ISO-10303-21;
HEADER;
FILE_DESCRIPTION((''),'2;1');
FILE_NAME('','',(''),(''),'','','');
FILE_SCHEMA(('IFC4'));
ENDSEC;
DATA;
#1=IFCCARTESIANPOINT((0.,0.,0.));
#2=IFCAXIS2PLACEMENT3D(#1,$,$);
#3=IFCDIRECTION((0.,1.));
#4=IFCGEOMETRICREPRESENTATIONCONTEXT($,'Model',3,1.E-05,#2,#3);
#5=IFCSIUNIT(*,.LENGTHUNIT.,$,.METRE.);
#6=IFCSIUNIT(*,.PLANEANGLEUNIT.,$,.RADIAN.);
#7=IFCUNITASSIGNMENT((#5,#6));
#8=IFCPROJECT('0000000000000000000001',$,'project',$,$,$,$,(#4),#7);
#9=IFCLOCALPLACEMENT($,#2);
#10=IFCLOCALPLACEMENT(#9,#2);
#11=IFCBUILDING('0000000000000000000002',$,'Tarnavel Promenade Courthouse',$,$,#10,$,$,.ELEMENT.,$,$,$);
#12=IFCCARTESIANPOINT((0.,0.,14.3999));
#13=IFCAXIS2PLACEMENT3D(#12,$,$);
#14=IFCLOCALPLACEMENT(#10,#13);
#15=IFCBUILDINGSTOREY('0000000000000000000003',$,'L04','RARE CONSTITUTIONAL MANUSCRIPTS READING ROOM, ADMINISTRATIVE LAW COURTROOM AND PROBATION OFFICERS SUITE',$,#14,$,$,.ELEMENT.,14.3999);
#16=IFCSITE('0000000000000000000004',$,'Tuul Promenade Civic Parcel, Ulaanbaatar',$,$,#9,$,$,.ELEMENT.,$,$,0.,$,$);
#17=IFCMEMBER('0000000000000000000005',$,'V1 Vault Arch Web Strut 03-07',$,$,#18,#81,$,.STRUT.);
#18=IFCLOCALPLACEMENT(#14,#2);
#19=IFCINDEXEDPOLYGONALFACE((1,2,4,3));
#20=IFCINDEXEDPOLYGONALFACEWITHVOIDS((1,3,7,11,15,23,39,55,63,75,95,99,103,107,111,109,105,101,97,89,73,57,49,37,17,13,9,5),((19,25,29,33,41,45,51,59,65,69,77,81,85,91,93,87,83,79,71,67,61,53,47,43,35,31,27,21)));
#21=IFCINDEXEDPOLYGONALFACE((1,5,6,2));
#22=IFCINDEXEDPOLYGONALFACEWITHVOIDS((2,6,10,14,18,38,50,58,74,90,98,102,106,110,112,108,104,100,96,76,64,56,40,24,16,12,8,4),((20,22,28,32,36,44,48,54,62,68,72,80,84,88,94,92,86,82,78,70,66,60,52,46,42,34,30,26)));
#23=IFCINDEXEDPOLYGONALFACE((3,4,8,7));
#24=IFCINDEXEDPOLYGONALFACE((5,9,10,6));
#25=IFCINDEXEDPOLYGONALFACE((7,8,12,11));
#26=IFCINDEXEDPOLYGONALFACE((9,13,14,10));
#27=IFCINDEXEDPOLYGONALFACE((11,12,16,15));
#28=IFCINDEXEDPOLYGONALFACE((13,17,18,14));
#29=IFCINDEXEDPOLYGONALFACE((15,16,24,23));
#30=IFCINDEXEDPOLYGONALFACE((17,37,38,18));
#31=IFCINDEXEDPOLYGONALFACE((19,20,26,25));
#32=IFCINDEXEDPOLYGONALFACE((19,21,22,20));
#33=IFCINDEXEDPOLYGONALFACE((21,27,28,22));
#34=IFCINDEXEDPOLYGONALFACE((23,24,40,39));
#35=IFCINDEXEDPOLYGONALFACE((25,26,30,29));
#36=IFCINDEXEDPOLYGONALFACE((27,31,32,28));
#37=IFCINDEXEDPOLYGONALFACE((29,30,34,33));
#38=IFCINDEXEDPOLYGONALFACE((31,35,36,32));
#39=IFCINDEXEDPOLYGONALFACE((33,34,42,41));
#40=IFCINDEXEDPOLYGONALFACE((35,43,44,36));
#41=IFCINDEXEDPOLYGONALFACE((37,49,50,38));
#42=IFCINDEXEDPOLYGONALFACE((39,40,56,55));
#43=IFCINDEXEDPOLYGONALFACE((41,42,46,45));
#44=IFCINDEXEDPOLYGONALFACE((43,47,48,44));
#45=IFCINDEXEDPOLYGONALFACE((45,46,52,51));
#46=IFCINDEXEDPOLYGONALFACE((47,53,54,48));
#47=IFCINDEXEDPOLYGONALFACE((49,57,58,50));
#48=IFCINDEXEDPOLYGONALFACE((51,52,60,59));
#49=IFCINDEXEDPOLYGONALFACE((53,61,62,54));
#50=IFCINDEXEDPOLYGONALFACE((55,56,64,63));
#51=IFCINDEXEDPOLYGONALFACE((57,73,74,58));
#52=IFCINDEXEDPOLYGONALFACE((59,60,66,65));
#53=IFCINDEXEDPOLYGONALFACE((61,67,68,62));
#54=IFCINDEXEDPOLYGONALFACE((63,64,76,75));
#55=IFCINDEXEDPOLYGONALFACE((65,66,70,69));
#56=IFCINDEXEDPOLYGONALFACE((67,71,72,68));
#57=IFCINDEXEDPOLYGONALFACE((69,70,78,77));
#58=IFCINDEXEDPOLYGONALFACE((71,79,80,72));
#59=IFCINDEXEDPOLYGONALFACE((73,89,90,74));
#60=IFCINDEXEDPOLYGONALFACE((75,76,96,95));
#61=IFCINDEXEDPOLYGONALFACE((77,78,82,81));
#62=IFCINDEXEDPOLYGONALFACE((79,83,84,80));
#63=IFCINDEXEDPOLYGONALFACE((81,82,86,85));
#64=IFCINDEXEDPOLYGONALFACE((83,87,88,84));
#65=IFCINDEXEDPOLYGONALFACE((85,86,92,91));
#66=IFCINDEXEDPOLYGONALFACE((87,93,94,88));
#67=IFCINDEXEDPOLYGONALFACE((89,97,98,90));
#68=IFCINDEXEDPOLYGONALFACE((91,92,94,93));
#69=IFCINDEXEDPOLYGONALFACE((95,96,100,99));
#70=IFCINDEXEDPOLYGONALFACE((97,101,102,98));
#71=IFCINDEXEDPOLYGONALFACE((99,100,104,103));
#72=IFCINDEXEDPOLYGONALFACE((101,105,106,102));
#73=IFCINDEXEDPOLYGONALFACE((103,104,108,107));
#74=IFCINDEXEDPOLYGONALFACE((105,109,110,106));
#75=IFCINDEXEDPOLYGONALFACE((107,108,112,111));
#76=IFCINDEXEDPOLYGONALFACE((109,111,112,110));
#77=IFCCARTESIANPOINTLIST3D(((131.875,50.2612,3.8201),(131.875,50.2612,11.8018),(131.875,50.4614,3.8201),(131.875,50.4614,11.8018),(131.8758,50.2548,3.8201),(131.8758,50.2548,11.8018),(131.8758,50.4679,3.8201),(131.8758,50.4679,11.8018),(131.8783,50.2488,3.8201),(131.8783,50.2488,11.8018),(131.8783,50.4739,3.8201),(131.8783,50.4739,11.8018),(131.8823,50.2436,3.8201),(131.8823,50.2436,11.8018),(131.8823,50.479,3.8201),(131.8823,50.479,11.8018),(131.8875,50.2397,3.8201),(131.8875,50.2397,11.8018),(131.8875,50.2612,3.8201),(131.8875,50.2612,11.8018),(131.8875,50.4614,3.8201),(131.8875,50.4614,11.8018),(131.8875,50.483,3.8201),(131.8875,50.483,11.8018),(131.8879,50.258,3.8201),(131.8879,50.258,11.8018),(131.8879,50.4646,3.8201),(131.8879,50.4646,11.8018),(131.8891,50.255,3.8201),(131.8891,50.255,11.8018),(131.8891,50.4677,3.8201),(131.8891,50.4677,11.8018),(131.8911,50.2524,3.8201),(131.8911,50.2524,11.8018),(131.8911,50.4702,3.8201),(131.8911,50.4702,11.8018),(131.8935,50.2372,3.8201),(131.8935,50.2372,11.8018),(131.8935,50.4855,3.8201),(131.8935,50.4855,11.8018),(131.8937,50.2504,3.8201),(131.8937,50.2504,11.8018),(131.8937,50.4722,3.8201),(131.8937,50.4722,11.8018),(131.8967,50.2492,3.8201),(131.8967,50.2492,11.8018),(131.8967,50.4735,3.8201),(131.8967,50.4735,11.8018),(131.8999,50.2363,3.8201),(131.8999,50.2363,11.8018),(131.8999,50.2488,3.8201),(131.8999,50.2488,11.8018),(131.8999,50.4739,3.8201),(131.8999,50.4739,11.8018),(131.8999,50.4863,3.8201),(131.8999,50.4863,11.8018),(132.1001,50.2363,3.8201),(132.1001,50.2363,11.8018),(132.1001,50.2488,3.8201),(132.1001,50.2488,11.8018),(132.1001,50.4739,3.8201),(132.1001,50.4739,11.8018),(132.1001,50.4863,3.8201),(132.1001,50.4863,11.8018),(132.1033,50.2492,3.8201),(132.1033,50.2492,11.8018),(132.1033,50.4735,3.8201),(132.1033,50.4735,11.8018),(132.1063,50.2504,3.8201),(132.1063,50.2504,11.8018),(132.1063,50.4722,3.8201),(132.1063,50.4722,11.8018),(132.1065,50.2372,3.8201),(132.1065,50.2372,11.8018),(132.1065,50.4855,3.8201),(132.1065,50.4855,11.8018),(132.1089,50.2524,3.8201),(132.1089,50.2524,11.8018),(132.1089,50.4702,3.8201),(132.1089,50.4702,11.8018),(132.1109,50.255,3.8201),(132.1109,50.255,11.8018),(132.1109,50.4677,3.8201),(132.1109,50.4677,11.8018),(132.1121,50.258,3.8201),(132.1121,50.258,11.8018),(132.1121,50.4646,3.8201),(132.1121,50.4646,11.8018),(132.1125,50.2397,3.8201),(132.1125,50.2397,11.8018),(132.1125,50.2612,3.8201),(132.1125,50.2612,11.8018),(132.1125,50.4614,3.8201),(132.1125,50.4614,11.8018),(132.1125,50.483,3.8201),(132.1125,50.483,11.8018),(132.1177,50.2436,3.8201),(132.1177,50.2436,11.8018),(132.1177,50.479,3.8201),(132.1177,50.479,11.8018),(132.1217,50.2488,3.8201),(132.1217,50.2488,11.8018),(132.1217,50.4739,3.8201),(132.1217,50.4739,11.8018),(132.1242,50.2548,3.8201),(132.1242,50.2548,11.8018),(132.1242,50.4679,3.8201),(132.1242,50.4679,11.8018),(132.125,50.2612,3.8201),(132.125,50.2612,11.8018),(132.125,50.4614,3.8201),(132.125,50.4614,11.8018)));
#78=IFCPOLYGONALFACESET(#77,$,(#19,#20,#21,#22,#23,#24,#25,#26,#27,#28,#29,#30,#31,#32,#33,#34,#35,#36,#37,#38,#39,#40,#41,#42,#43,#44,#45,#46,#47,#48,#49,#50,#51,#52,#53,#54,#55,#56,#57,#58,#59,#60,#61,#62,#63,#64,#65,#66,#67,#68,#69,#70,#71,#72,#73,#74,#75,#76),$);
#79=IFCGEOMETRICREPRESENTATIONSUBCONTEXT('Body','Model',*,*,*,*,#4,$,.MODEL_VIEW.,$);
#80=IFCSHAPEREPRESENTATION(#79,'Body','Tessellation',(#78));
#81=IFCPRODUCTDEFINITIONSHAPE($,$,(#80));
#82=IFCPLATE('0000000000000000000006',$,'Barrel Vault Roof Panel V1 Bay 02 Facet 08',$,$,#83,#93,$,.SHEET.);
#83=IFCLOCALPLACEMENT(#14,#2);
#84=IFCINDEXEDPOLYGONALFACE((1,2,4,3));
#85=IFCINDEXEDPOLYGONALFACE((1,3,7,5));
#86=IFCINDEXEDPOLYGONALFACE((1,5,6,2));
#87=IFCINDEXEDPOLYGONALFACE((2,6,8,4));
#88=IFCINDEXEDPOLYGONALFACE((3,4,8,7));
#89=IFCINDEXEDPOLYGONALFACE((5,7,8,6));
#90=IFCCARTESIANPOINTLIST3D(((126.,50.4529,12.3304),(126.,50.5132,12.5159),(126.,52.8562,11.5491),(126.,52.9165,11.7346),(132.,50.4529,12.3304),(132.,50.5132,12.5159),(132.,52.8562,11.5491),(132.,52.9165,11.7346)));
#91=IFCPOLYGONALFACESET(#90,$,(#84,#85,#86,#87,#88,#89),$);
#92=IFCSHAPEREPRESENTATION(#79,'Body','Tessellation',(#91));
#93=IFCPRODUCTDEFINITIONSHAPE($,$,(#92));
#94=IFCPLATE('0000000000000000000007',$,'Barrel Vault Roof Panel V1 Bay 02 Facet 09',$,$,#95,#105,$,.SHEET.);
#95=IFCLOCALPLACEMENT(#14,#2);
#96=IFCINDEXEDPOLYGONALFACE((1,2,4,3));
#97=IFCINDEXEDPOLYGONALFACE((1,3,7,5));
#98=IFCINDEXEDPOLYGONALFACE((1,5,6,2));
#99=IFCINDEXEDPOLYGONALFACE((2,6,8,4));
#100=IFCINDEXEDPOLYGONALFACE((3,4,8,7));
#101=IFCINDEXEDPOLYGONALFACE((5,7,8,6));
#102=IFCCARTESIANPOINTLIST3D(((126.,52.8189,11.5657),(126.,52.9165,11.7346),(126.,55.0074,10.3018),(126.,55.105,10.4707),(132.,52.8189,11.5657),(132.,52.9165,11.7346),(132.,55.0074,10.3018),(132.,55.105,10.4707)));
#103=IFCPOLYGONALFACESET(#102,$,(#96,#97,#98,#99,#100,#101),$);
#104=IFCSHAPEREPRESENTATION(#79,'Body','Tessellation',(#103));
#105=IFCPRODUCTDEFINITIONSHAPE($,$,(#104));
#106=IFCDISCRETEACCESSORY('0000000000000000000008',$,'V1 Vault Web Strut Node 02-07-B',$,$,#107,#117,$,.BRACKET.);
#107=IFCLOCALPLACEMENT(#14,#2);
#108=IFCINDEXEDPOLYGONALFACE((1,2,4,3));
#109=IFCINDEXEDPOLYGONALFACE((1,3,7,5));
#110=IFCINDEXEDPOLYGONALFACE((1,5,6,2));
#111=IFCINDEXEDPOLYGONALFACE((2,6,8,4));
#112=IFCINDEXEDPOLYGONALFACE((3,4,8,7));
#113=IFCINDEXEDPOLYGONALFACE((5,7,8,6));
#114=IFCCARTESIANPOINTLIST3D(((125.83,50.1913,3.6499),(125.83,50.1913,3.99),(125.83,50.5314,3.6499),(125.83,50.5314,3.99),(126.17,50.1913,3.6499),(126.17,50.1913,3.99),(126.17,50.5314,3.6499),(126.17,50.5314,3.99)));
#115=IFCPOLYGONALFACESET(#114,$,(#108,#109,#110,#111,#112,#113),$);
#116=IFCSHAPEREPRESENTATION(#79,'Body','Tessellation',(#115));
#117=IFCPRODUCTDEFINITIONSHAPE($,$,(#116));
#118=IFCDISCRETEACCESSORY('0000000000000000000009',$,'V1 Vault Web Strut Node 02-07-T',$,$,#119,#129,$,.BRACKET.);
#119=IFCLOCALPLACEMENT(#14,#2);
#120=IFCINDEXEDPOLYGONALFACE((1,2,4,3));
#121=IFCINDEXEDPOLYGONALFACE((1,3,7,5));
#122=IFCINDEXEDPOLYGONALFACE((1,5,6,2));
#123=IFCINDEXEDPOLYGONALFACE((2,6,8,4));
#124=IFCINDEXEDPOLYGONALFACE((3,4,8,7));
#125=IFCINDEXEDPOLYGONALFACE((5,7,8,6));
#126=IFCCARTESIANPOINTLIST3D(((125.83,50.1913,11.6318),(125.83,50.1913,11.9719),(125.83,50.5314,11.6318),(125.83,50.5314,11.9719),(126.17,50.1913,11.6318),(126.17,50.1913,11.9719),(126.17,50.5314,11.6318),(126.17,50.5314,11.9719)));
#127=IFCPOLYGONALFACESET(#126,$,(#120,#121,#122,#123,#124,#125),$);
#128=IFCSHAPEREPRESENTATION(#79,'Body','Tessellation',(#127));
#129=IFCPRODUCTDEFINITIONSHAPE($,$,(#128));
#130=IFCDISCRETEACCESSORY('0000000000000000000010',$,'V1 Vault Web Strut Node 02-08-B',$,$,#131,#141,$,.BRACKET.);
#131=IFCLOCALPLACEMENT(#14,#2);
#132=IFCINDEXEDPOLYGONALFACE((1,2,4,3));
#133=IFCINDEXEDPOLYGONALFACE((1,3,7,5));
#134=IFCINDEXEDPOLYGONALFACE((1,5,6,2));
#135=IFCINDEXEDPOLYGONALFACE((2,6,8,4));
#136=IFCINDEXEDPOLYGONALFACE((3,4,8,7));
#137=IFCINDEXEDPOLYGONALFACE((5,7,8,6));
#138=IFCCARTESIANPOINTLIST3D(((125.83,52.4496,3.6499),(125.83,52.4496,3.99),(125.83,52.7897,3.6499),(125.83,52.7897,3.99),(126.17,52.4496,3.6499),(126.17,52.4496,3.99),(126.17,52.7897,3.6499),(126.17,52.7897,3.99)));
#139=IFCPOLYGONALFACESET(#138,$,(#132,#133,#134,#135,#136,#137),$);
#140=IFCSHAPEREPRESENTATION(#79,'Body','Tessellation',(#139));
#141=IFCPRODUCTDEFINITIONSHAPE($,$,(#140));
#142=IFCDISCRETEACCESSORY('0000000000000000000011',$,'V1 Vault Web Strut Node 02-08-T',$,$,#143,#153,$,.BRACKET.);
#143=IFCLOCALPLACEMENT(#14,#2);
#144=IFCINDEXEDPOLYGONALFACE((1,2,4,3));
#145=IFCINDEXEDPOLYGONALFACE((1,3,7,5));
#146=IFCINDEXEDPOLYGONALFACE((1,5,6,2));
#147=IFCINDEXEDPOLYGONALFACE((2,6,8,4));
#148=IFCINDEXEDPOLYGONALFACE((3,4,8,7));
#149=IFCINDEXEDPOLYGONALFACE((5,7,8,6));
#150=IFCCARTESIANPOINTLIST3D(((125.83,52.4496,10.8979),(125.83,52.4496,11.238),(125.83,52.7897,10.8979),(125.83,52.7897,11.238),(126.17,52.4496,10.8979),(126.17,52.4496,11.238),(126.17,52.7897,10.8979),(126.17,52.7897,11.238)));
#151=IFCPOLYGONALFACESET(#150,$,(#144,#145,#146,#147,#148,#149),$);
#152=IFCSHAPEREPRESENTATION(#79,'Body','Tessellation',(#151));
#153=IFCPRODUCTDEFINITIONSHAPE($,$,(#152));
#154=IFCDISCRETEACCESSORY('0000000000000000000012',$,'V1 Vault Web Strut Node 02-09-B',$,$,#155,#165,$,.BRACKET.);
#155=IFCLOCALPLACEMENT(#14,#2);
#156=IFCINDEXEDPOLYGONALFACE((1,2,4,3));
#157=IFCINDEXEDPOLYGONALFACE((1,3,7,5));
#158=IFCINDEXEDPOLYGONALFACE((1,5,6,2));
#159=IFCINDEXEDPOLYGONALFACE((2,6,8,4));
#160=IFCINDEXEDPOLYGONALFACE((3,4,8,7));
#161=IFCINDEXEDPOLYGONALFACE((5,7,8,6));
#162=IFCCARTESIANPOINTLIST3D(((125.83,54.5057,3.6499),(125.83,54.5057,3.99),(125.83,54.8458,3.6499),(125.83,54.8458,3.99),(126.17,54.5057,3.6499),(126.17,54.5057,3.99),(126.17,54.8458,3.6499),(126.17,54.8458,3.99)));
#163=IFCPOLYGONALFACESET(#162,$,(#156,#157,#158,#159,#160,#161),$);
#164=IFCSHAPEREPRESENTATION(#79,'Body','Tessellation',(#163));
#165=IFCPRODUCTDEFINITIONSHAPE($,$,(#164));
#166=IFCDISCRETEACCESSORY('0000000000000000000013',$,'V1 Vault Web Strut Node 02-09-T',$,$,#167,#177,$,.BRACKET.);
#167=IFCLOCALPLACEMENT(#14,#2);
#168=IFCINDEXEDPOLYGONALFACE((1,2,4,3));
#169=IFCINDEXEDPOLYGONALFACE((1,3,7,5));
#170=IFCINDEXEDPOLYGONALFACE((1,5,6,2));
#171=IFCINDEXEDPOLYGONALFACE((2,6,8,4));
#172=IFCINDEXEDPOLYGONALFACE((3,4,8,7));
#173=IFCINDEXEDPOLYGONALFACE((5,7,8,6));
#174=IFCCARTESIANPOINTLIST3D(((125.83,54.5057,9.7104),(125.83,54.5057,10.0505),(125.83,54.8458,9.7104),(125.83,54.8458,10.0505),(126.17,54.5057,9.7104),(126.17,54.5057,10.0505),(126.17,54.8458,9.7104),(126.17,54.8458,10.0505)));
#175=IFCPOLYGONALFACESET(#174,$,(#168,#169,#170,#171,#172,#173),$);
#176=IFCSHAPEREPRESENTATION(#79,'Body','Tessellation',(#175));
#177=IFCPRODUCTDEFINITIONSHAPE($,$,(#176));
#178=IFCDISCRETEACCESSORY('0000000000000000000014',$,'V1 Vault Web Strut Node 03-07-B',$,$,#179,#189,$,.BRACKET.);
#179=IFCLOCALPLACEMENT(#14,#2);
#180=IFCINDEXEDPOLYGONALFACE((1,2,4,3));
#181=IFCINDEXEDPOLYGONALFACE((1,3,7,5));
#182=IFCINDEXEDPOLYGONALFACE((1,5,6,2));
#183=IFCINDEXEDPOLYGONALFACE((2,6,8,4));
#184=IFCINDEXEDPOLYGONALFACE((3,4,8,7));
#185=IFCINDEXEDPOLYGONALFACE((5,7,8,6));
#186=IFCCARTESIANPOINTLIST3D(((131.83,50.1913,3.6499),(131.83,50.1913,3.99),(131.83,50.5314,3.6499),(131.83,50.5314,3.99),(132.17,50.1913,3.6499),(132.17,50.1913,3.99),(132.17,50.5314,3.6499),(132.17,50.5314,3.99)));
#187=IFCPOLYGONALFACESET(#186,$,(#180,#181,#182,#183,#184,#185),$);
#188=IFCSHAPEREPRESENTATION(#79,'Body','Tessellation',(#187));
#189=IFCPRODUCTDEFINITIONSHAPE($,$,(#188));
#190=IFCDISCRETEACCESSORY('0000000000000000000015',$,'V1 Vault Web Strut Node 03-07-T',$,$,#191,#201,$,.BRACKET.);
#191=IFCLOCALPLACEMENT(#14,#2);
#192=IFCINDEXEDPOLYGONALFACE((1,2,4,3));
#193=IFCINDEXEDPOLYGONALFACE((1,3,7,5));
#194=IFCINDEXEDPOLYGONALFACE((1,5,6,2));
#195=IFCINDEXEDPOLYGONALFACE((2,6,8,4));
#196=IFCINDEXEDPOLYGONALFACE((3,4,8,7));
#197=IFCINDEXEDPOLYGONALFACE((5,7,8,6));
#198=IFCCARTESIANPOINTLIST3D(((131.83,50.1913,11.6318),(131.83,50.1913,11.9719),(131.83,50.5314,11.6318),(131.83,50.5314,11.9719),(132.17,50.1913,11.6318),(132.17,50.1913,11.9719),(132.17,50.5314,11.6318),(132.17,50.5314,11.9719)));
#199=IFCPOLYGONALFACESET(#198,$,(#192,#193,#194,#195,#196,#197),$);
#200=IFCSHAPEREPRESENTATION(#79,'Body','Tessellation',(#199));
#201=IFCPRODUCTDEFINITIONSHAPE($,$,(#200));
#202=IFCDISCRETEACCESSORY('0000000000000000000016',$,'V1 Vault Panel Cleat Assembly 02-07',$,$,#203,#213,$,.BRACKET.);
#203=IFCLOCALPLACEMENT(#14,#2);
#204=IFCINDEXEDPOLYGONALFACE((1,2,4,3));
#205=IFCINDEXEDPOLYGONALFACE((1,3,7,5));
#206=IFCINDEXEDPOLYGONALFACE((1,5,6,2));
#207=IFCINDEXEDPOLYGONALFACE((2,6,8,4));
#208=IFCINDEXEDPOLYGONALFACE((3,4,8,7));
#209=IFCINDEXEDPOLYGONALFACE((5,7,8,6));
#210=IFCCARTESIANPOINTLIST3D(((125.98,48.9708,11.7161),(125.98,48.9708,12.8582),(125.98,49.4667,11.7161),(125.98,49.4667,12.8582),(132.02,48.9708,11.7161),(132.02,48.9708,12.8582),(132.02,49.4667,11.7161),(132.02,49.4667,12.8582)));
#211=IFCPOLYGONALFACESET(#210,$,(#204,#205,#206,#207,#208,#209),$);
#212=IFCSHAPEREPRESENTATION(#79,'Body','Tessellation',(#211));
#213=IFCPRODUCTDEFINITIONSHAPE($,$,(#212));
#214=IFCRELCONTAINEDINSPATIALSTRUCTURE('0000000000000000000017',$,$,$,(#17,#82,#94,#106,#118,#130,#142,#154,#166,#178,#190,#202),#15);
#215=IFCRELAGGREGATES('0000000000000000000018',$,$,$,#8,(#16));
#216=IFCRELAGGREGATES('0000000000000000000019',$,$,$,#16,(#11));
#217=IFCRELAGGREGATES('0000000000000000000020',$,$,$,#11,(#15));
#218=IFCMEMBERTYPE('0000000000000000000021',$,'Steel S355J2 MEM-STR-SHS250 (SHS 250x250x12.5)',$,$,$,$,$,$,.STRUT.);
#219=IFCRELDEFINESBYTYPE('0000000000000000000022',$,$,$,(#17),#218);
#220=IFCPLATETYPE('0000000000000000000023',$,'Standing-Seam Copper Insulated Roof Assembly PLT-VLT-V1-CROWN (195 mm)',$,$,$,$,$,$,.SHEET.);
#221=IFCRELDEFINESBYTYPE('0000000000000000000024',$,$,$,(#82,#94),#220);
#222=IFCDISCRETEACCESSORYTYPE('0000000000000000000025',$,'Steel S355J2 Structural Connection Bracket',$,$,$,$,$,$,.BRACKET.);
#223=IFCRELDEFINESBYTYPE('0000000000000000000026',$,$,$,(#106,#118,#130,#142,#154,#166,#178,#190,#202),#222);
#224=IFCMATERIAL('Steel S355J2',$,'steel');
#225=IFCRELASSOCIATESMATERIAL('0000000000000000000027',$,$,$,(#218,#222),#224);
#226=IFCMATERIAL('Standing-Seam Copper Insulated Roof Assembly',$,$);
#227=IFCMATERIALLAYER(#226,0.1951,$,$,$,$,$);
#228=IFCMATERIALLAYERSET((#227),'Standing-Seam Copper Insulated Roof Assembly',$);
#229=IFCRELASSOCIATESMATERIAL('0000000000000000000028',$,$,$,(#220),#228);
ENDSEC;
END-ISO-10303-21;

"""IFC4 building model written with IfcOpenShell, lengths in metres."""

from ifc_helpers import new_model, si_unit, direction, frame, origin, origin_2d, place, context, subcontext, project, spatial, polyline, rectangle, hollow_rectangle, outline, extrude, material, layer, layer_set, material_profile, profile_set, type_object, element, save


model = new_model("IFC4")

# Units and contexts
model_context = context("Model", 3, precision=1e-05, world=origin(), true_north=direction((0.0, 1.0)))
body_context = subcontext(model_context, "Body", "Model", "MODEL_VIEW")
ifc_project = project(units=[si_unit("LENGTHUNIT", "METRE"), si_unit("PLANEANGLEUNIT", "RADIAN")], contexts=[model_context])

# Site, building, storey
site_placement = place(None, origin())
site = spatial("IfcSite", under=ifc_project, at=site_placement, Name="Tuul Promenade Civic Parcel, Ulaanbaatar", CompositionType="ELEMENT", RefElevation=0.0)
building_placement = place(site_placement, origin())
building = spatial("IfcBuilding", under=site, at=building_placement, Name="Tarnavel Promenade Courthouse", CompositionType="ELEMENT")
storey_placement = place(building_placement, frame((0.0, 0.0, 14.3999)))
storey = spatial("IfcBuildingStorey", under=building, at=storey_placement, Name="L04", Description="RARE CONSTITUTIONAL MANUSCRIPTS READING ROOM, ADMINISTRATIVE LAW COURTROOM AND PROBATION OFFICERS SUITE", CompositionType="ELEMENT", Elevation=14.3999)

# Shared definitions
ifc_material_1 = material(Name="Steel S355J2", Category="steel")

# Member
ifc_material_profile_1 = material_profile(ifc_material_1, hollow_rectangle(XDim=0.25, YDim=0.25, WallThickness=0.0125, InnerFilletRadius=0.0125, OuterFilletRadius=0.0249, at=origin_2d()), Name="SHS 250x250x12.5")
ifc_profile_set_1 = profile_set([ifc_material_profile_1], Name="Steel S355J2")
member_type_1 = type_object("IfcMemberType", Name="Steel S355J2 MEM-STR-SHS250 (SHS 250x250x12.5)", PredefinedType="STRUT", material=ifc_profile_set_1)
member_1_placement = place(storey_placement, frame((132.0, 50.3613, 3.8201), z_axis=(0.0, 0.0, 1.0), x_axis=(1.0, 0.0, 0.0)))
element("IfcMember", 1, at=member_1_placement, inside=storey, type_object=member_type_1, Name="V1 Vault Arch Web Strut 03-07", PredefinedType="STRUT", context=body_context, shape_type="SweptSolid", body=[
    extrude(hollow_rectangle(XDim=0.25, YDim=0.25, WallThickness=0.0125, InnerFilletRadius=0.0125, OuterFilletRadius=0.0249, at=origin_2d()), origin(), (0.0, 0.0, 1.0), 7.9817),
])

# Plates
ifc_material_2 = material(Name="Standing-Seam Copper Insulated Roof Assembly")
ifc_layer = layer(ifc_material_2, 0.1951)
ifc_layer_set = layer_set([ifc_layer], Name="Standing-Seam Copper Insulated Roof Assembly")
plate_type = type_object("IfcPlateType", Name="Standing-Seam Copper Insulated Roof Assembly PLT-VLT-V1-CROWN (195 mm)", PredefinedType="SHEET", material=ifc_layer_set)
plate_1_placement = place(storey_placement, frame((126.0, 50.5132, 12.5159), z_axis=(0.0, 0.309147, 0.951014), x_axis=(1.0, 0.0, 0.0)))
element("IfcPlate", 2, at=plate_1_placement, inside=storey, type_object=plate_type, Name="Barrel Vault Roof Panel V1 Bay 02 Facet 08", PredefinedType="SHEET", context=body_context, shape_type="SweptSolid", body=[
    extrude(outline(polyline([(0.0, 0.0), (6.0, 0.0), (6.0, 2.5271), (0.0, 2.5271), (0.0, 0.0)])), origin(), (0.0, 0.0, -1.0), 0.1951),
])
plate_2_placement = place(storey_placement, frame((126.0, 52.9165, 11.7346), z_axis=(0.0, 0.500118, 0.865957), x_axis=(1.0, 0.0, 0.0)))
element("IfcPlate", 3, at=plate_2_placement, inside=storey, type_object=plate_type, Name="Barrel Vault Roof Panel V1 Bay 02 Facet 09", PredefinedType="SHEET", context=body_context, shape_type="SweptSolid", body=[
    extrude(outline(polyline([(0.0, 0.0), (6.0, 0.0), (6.0, 2.5272), (0.0, 2.5272), (0.0, 0.0)])), origin(), (0.0, 0.0, -1.0), 0.1951),
])

# Discrete accessories
discrete_accessory_type = type_object("IfcDiscreteAccessoryType", Name="Steel S355J2 Structural Connection Bracket", PredefinedType="BRACKET", material=ifc_material_1)
for number, where, z_axis, x_axis, name in (
    (4, (126.0, 50.3613, 3.6499), (0.0, 0.0, 1.0), (1.0, 0.0, 0.0), "V1 Vault Web Strut Node 02-07-B"),
    (5, (126.0, 50.3613, 11.6318), (0.0, 0.0, 1.0), (1.0, 0.0, 0.0), "V1 Vault Web Strut Node 02-07-T"),
    (6, (126.0, 52.6196, 3.6499), (0.0, 0.0, 1.0), (1.0, 0.0, 0.0), "V1 Vault Web Strut Node 02-08-B"),
    (7, (126.0, 52.6196, 10.8979), (0.0, 0.0, 1.0), (1.0, 0.0, 0.0), "V1 Vault Web Strut Node 02-08-T"),
    (8, (126.0, 54.6758, 3.6499), (0.0, 0.0, 1.0), (1.0, 0.0, 0.0), "V1 Vault Web Strut Node 02-09-B"),
    (9, (126.0, 54.6758, 9.7104), (0.0, 0.0, 1.0), (1.0, 0.0, 0.0), "V1 Vault Web Strut Node 02-09-T"),
    (10, (132.0, 50.3613, 3.6499), (0.0, 0.0, 1.0), (1.0, 0.0, 0.0), "V1 Vault Web Strut Node 03-07-B"),
    (11, (132.0, 50.3613, 11.6318), (0.0, 0.0, 1.0), (1.0, 0.0, 0.0), "V1 Vault Web Strut Node 03-07-T"),
):
    element("IfcDiscreteAccessory", number, at=place(storey_placement, frame(where, z_axis=z_axis, x_axis=x_axis)), inside=storey, type_object=discrete_accessory_type, Name=name, PredefinedType="BRACKET", context=body_context, shape_type="SweptSolid", body=[
        extrude(rectangle(XDim=0.3401, YDim=0.3401, at=origin_2d()), origin(), (0.0, 0.0, 1.0), 0.3401),
    ])
discrete_accessory_1_placement = place(storey_placement, frame((129.0, 49.2188, 11.7161), z_axis=(0.0, 0.0, 1.0), x_axis=(1.0, 0.0, 0.0)))
element("IfcDiscreteAccessory", 12, at=discrete_accessory_1_placement, inside=storey, type_object=discrete_accessory_type, Name="V1 Vault Panel Cleat Assembly 02-07", PredefinedType="BRACKET", context=body_context, shape_type="SweptSolid", body=[
    extrude(rectangle(XDim=6.04, YDim=0.4958, at=origin_2d()), origin(), (0.0, 0.0, 1.0), 1.1421),
])

save(model, "model.ifc")
